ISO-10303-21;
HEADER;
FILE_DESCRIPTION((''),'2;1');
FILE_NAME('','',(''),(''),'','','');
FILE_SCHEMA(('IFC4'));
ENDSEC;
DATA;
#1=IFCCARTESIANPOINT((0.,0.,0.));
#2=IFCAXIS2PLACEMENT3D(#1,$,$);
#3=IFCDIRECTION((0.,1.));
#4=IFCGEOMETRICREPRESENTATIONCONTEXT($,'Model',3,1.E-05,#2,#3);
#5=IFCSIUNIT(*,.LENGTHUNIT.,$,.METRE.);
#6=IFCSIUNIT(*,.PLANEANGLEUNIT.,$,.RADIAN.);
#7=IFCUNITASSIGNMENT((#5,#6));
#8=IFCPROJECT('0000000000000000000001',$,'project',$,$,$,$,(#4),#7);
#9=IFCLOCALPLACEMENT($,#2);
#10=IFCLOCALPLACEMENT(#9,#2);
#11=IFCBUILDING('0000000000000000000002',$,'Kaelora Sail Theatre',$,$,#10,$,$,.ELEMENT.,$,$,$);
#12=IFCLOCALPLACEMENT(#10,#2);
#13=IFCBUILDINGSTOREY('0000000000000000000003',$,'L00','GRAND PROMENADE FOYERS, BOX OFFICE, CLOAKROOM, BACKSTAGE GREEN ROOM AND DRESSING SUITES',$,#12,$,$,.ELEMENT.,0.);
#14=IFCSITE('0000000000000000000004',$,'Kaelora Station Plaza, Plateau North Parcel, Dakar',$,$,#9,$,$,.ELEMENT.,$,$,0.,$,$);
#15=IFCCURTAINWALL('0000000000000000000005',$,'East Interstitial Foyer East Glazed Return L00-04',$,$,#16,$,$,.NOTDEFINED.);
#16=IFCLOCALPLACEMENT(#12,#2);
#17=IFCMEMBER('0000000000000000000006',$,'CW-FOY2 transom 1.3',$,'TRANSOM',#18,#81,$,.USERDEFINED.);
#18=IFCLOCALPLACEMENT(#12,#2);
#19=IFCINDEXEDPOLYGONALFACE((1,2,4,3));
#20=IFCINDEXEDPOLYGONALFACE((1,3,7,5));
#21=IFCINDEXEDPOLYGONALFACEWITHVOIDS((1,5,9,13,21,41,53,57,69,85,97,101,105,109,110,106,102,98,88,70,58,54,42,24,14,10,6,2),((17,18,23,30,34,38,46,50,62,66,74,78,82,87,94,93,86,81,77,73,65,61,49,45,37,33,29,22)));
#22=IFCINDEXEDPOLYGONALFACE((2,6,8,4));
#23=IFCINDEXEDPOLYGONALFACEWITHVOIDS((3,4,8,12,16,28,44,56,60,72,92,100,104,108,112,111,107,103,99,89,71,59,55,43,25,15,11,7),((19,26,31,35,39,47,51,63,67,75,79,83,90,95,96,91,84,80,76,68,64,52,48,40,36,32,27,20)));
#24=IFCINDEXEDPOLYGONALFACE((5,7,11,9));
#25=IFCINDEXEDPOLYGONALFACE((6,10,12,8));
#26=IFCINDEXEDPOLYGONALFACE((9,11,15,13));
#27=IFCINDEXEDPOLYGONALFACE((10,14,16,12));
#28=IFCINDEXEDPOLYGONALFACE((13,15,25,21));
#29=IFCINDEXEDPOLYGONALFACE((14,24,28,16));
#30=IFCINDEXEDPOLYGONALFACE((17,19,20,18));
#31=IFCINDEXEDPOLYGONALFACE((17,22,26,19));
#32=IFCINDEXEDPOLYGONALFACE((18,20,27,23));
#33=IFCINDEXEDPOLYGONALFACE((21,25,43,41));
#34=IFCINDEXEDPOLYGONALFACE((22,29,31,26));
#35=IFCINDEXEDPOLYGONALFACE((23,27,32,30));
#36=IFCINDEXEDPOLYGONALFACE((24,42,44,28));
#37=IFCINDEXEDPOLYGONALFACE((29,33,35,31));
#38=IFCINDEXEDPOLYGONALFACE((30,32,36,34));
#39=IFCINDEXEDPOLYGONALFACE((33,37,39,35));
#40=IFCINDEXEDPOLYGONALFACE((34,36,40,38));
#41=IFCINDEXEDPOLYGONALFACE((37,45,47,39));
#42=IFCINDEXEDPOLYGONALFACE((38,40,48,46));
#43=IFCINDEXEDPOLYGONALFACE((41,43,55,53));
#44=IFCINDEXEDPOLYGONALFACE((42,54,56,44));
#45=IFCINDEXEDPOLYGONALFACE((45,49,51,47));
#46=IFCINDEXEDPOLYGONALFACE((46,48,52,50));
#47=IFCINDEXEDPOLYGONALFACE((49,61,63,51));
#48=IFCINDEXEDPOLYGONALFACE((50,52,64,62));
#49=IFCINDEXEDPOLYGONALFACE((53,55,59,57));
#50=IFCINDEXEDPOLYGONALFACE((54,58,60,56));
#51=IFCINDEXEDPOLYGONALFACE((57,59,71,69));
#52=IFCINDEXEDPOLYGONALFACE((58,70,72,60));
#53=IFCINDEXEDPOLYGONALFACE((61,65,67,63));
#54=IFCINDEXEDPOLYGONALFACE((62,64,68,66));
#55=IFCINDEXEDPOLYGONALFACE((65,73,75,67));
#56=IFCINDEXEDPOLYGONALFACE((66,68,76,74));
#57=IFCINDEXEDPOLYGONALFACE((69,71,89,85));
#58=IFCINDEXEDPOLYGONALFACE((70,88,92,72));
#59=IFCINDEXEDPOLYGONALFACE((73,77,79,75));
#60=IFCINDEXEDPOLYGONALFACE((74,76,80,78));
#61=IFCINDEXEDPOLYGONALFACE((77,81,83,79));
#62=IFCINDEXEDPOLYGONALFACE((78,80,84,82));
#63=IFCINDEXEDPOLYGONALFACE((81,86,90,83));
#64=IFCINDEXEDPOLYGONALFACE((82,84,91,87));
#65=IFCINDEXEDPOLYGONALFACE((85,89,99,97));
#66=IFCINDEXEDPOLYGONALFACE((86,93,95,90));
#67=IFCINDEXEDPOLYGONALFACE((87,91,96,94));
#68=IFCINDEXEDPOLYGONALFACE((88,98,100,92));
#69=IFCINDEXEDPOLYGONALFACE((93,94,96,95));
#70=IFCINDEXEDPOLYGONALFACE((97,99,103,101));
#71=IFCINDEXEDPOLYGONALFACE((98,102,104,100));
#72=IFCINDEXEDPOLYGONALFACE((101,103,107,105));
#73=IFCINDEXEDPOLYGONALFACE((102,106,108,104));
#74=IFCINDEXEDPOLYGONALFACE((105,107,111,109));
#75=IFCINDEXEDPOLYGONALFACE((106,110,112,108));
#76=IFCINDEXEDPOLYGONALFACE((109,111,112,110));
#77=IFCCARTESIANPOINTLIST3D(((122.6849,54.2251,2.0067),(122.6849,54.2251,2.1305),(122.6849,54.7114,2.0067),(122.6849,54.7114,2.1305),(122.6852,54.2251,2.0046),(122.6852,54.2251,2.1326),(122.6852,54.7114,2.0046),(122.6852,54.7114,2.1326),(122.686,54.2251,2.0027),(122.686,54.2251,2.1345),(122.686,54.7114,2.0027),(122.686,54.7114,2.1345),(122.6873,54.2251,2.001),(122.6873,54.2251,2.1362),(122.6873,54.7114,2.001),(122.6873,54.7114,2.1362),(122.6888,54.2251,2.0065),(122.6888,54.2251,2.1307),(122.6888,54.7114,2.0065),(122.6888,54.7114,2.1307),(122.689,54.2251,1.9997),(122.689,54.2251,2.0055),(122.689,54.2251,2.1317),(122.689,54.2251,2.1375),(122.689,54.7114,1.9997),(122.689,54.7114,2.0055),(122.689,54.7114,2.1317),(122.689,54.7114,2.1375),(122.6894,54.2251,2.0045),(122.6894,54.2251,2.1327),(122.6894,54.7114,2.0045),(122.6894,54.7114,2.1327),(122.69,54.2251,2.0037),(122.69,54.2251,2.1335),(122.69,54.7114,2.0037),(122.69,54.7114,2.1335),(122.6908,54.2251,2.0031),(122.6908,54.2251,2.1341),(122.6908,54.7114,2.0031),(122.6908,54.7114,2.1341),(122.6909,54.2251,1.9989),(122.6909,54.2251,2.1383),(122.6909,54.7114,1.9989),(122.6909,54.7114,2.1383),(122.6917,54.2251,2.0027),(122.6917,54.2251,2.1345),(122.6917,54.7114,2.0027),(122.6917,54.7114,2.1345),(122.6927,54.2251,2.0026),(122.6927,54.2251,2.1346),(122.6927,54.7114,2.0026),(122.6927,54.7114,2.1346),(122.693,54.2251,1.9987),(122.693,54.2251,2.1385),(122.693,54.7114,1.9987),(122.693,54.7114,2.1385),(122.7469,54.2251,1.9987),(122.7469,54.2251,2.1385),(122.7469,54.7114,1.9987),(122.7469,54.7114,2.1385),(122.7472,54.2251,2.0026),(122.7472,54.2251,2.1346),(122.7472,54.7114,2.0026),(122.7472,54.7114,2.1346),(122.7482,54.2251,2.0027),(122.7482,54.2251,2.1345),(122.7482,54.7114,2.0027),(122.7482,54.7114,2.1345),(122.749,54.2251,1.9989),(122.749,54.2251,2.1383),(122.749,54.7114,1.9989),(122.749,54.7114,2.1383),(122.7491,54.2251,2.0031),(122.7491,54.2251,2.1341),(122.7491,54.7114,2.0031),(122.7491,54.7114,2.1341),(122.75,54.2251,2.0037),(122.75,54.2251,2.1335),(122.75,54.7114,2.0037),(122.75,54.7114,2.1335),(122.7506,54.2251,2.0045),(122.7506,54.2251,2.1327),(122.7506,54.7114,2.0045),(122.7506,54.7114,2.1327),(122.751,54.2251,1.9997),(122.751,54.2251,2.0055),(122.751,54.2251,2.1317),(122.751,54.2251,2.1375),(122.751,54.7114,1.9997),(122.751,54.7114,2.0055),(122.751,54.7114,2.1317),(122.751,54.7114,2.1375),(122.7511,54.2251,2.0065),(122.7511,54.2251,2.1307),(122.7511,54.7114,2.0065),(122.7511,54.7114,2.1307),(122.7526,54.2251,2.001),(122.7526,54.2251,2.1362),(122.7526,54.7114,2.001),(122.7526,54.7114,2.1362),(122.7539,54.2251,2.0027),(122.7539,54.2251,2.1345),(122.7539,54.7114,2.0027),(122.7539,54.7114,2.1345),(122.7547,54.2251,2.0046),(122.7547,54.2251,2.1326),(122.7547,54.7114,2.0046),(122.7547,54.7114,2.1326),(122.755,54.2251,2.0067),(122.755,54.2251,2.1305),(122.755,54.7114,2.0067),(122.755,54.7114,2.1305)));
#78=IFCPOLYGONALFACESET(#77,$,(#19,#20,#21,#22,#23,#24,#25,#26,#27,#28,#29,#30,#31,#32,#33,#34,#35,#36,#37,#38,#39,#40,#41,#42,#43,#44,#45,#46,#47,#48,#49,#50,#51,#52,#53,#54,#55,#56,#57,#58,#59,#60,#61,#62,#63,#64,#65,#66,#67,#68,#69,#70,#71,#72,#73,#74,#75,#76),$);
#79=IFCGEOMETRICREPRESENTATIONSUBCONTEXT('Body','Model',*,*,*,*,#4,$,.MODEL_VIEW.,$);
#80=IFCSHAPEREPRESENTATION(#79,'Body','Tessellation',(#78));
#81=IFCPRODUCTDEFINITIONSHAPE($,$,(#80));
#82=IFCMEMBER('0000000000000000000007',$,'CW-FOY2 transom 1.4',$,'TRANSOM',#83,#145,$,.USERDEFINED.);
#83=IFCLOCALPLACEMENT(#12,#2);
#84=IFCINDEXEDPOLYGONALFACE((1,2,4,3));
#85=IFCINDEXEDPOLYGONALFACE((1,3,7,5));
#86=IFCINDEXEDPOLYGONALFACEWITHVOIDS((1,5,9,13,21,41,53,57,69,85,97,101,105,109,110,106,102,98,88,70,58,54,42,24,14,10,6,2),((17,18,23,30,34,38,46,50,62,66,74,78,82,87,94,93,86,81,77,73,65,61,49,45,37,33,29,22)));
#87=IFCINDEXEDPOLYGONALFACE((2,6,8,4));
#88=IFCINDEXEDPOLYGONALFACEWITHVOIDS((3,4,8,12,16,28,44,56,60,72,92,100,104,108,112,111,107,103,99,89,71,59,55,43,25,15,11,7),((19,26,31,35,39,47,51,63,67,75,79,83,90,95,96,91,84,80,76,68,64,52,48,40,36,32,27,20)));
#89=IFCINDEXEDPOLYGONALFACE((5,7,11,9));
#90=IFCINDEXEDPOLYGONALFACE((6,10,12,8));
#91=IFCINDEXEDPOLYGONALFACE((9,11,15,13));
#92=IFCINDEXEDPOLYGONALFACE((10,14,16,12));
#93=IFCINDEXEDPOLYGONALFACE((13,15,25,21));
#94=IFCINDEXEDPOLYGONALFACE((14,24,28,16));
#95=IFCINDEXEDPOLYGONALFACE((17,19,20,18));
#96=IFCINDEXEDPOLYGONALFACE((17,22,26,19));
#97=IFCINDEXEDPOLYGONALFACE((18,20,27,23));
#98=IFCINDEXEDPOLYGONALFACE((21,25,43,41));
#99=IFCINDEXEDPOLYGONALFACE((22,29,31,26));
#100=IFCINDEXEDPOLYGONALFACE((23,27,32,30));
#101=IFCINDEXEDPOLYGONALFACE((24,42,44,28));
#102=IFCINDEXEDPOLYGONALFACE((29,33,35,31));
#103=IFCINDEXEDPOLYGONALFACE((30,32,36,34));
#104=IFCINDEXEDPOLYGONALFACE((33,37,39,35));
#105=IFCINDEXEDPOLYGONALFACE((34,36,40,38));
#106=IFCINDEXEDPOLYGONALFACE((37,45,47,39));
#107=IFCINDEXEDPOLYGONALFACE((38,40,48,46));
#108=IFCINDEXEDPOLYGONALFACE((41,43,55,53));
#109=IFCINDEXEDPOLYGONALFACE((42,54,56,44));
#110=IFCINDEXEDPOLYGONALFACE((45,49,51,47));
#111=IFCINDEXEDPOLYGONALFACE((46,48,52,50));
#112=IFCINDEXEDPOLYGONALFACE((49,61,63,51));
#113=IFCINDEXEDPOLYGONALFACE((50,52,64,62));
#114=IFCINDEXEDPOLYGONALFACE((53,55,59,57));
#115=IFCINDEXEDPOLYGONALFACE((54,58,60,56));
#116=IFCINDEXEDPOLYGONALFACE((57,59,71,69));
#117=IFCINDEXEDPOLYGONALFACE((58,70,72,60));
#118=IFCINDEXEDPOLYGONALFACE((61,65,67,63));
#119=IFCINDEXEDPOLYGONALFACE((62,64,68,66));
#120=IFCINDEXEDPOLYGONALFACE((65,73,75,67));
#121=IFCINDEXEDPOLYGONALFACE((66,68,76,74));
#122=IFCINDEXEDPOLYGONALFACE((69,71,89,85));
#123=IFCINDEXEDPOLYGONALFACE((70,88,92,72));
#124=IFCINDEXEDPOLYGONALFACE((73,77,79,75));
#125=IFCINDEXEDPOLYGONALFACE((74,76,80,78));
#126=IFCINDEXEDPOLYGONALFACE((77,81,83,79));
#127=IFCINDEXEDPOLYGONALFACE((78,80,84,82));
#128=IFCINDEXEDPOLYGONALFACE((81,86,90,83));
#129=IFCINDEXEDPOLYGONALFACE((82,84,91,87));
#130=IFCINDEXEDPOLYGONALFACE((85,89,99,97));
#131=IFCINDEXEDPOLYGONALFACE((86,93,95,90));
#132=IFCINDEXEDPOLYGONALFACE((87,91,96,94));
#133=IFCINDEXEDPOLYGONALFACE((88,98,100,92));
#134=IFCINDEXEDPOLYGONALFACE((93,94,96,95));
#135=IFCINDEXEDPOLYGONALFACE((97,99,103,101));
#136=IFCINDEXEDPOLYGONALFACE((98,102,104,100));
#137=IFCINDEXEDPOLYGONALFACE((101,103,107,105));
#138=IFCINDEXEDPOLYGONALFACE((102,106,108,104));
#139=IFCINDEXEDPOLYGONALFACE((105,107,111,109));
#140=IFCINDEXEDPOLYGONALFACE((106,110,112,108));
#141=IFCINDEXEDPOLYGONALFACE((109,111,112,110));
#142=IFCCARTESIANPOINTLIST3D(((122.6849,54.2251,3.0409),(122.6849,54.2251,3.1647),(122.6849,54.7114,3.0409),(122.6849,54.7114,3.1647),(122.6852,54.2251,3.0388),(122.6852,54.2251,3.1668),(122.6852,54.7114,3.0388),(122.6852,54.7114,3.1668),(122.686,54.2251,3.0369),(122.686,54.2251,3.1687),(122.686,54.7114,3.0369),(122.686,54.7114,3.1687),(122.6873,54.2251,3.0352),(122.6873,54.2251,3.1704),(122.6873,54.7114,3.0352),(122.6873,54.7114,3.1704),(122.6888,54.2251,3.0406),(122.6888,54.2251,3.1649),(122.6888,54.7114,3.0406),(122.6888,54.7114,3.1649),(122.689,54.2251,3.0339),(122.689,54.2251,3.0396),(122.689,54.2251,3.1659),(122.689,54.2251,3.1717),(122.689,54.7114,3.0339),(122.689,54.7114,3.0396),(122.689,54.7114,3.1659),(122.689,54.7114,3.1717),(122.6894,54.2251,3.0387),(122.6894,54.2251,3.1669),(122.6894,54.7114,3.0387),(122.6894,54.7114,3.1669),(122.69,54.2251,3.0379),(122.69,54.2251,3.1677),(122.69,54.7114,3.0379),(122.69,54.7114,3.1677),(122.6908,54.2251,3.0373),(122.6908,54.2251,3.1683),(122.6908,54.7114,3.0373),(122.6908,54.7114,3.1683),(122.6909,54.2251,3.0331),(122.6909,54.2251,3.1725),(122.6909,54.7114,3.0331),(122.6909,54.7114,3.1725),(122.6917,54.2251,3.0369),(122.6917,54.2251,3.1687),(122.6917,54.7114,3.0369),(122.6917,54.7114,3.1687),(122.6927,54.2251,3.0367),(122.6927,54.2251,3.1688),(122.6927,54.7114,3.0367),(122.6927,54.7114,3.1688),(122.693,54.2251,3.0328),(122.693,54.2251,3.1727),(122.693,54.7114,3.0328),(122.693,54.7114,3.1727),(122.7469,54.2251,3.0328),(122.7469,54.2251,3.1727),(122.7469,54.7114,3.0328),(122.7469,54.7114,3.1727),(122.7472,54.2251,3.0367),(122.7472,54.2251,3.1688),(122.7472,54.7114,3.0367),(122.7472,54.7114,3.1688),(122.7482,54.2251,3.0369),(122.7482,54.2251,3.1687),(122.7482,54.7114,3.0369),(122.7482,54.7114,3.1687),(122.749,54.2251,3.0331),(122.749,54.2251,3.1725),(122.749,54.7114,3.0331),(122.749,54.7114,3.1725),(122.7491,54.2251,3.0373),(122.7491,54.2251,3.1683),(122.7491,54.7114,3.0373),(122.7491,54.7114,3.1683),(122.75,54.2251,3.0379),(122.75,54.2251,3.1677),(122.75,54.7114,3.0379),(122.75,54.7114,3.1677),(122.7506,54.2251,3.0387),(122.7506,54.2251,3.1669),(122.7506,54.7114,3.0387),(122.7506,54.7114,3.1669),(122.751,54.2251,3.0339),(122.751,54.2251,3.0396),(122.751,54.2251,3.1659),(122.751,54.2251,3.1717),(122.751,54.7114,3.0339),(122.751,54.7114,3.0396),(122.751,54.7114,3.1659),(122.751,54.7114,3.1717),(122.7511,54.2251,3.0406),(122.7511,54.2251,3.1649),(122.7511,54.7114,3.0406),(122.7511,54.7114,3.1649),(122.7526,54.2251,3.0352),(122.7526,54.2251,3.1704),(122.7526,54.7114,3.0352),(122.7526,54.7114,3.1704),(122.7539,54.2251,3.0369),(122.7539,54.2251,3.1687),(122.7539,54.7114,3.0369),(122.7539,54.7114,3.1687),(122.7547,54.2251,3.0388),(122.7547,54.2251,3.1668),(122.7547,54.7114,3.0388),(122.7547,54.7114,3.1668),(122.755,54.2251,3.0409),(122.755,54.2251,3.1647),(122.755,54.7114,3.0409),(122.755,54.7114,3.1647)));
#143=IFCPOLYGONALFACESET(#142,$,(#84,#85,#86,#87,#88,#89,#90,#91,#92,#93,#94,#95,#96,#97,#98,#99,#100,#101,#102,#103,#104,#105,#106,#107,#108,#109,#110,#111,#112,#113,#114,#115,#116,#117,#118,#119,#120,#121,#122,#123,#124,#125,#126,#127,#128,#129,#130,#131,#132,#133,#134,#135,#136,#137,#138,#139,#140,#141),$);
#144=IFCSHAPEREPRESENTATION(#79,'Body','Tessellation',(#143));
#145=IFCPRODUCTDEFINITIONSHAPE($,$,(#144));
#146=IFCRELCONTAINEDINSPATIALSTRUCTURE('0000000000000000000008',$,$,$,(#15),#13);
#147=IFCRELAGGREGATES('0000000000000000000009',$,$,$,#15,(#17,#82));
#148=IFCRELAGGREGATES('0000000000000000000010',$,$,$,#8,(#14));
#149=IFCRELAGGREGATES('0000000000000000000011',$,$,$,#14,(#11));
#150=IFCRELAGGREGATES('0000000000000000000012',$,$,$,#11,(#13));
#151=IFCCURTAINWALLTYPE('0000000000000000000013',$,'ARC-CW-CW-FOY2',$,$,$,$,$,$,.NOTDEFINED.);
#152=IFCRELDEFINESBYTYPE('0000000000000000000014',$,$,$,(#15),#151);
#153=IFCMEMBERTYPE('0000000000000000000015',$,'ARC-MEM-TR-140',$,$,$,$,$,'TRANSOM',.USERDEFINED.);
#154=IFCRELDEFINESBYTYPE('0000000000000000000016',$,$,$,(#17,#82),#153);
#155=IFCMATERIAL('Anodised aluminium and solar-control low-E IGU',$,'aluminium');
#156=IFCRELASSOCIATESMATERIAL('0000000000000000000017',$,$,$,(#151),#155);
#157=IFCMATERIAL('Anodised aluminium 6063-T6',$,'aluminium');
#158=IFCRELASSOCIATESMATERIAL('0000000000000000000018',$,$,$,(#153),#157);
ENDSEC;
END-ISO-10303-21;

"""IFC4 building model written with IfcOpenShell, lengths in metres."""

from ifc_helpers import new_model, si_unit, direction, frame, origin, origin_2d, place, context, subcontext, project, spatial, hollow_rectangle, extrude, material, material_profile, profile_set, type_object, element, aggregate, save


model = new_model("IFC4")

# Units and contexts
model_context = context("Model", 3, precision=1e-05, world=origin(), true_north=direction((0.0, 1.0)))
body_context = subcontext(model_context, "Body", "Model", "MODEL_VIEW")
ifc_project = project(units=[si_unit("LENGTHUNIT", "METRE"), si_unit("PLANEANGLEUNIT", "RADIAN")], contexts=[model_context])

# Site, building, storey
site_placement = place(None, origin())
site = spatial("IfcSite", under=ifc_project, at=site_placement, Name="Kaelora Station Plaza, Plateau North Parcel, Dakar", CompositionType="ELEMENT", RefElevation=0.0)
building_placement = place(site_placement, origin())
building = spatial("IfcBuilding", under=site, at=building_placement, Name="Kaelora Sail Theatre", CompositionType="ELEMENT")
storey_placement = place(building_placement, origin())
storey = spatial("IfcBuildingStorey", under=building, at=storey_placement, Name="L00", Description="GRAND PROMENADE FOYERS, BOX OFFICE, CLOAKROOM, BACKSTAGE GREEN ROOM AND DRESSING SUITES", CompositionType="ELEMENT", Elevation=0.0)

# Shared definitions
ifc_material_1 = material(Name="Anodised aluminium and solar-control low-E IGU", Category="aluminium")
curtain_wall_type = type_object("IfcCurtainWallType", Name="ARC-CW-CW-FOY2", PredefinedType="NOTDEFINED", material=ifc_material_1)

# Curtain wall
curtain_wall_1_placement = place(storey_placement, origin())
curtain_wall_1 = element("IfcCurtainWall", 1, at=curtain_wall_1_placement, inside=storey, type_object=curtain_wall_type, Name="East Interstitial Foyer East Glazed Return L00-04", PredefinedType="NOTDEFINED")

# Members
ifc_material_2 = material(Name="Anodised aluminium 6063-T6", Category="aluminium")
ifc_material_profile_1 = material_profile(ifc_material_2, hollow_rectangle(XDim=0.0701, YDim=0.1399, WallThickness=0.0039, InnerFilletRadius=0.0039, OuterFilletRadius=0.0081, at=origin_2d()), Name="ALU-TRAN 70x140x4")
ifc_profile_set_1 = profile_set([ifc_material_profile_1], Name="Anodised aluminium 6063-T6")
member_type_1 = type_object("IfcMemberType", Name="ARC-MEM-TR-140", ElementType="TRANSOM", PredefinedType="USERDEFINED", material=ifc_profile_set_1)
member_1_placement = place(storey_placement, frame((122.72, 54.2251, 2.0686), z_axis=(0.0, 1.0, 0.0), x_axis=(-1.0, 0.0, 0.0)))
member_1 = element("IfcMember", 2, at=member_1_placement, type_object=member_type_1, Name="CW-FOY2 transom 1.3", ObjectType="TRANSOM", PredefinedType="USERDEFINED", context=body_context, shape_type="SweptSolid", body=[
    extrude(hollow_rectangle(XDim=0.0701, YDim=0.1399, WallThickness=0.0039, InnerFilletRadius=0.0039, OuterFilletRadius=0.0081, at=origin_2d()), origin(), (0.0, 0.0, 1.0), 0.4863),
])
member_2_placement = place(storey_placement, frame((122.72, 54.2251, 3.1028), z_axis=(0.0, 1.0, 0.0), x_axis=(-1.0, 0.0, 0.0)))
member_2 = element("IfcMember", 3, at=member_2_placement, type_object=member_type_1, Name="CW-FOY2 transom 1.4", ObjectType="TRANSOM", PredefinedType="USERDEFINED", context=body_context, shape_type="SweptSolid", body=[
    extrude(hollow_rectangle(XDim=0.0701, YDim=0.1399, WallThickness=0.0039, InnerFilletRadius=0.0039, OuterFilletRadius=0.0081, at=origin_2d()), origin(), (0.0, 0.0, 1.0), 0.4863),
])

aggregate(curtain_wall_1, [member_1, member_2])

save(model, "model.ifc")
